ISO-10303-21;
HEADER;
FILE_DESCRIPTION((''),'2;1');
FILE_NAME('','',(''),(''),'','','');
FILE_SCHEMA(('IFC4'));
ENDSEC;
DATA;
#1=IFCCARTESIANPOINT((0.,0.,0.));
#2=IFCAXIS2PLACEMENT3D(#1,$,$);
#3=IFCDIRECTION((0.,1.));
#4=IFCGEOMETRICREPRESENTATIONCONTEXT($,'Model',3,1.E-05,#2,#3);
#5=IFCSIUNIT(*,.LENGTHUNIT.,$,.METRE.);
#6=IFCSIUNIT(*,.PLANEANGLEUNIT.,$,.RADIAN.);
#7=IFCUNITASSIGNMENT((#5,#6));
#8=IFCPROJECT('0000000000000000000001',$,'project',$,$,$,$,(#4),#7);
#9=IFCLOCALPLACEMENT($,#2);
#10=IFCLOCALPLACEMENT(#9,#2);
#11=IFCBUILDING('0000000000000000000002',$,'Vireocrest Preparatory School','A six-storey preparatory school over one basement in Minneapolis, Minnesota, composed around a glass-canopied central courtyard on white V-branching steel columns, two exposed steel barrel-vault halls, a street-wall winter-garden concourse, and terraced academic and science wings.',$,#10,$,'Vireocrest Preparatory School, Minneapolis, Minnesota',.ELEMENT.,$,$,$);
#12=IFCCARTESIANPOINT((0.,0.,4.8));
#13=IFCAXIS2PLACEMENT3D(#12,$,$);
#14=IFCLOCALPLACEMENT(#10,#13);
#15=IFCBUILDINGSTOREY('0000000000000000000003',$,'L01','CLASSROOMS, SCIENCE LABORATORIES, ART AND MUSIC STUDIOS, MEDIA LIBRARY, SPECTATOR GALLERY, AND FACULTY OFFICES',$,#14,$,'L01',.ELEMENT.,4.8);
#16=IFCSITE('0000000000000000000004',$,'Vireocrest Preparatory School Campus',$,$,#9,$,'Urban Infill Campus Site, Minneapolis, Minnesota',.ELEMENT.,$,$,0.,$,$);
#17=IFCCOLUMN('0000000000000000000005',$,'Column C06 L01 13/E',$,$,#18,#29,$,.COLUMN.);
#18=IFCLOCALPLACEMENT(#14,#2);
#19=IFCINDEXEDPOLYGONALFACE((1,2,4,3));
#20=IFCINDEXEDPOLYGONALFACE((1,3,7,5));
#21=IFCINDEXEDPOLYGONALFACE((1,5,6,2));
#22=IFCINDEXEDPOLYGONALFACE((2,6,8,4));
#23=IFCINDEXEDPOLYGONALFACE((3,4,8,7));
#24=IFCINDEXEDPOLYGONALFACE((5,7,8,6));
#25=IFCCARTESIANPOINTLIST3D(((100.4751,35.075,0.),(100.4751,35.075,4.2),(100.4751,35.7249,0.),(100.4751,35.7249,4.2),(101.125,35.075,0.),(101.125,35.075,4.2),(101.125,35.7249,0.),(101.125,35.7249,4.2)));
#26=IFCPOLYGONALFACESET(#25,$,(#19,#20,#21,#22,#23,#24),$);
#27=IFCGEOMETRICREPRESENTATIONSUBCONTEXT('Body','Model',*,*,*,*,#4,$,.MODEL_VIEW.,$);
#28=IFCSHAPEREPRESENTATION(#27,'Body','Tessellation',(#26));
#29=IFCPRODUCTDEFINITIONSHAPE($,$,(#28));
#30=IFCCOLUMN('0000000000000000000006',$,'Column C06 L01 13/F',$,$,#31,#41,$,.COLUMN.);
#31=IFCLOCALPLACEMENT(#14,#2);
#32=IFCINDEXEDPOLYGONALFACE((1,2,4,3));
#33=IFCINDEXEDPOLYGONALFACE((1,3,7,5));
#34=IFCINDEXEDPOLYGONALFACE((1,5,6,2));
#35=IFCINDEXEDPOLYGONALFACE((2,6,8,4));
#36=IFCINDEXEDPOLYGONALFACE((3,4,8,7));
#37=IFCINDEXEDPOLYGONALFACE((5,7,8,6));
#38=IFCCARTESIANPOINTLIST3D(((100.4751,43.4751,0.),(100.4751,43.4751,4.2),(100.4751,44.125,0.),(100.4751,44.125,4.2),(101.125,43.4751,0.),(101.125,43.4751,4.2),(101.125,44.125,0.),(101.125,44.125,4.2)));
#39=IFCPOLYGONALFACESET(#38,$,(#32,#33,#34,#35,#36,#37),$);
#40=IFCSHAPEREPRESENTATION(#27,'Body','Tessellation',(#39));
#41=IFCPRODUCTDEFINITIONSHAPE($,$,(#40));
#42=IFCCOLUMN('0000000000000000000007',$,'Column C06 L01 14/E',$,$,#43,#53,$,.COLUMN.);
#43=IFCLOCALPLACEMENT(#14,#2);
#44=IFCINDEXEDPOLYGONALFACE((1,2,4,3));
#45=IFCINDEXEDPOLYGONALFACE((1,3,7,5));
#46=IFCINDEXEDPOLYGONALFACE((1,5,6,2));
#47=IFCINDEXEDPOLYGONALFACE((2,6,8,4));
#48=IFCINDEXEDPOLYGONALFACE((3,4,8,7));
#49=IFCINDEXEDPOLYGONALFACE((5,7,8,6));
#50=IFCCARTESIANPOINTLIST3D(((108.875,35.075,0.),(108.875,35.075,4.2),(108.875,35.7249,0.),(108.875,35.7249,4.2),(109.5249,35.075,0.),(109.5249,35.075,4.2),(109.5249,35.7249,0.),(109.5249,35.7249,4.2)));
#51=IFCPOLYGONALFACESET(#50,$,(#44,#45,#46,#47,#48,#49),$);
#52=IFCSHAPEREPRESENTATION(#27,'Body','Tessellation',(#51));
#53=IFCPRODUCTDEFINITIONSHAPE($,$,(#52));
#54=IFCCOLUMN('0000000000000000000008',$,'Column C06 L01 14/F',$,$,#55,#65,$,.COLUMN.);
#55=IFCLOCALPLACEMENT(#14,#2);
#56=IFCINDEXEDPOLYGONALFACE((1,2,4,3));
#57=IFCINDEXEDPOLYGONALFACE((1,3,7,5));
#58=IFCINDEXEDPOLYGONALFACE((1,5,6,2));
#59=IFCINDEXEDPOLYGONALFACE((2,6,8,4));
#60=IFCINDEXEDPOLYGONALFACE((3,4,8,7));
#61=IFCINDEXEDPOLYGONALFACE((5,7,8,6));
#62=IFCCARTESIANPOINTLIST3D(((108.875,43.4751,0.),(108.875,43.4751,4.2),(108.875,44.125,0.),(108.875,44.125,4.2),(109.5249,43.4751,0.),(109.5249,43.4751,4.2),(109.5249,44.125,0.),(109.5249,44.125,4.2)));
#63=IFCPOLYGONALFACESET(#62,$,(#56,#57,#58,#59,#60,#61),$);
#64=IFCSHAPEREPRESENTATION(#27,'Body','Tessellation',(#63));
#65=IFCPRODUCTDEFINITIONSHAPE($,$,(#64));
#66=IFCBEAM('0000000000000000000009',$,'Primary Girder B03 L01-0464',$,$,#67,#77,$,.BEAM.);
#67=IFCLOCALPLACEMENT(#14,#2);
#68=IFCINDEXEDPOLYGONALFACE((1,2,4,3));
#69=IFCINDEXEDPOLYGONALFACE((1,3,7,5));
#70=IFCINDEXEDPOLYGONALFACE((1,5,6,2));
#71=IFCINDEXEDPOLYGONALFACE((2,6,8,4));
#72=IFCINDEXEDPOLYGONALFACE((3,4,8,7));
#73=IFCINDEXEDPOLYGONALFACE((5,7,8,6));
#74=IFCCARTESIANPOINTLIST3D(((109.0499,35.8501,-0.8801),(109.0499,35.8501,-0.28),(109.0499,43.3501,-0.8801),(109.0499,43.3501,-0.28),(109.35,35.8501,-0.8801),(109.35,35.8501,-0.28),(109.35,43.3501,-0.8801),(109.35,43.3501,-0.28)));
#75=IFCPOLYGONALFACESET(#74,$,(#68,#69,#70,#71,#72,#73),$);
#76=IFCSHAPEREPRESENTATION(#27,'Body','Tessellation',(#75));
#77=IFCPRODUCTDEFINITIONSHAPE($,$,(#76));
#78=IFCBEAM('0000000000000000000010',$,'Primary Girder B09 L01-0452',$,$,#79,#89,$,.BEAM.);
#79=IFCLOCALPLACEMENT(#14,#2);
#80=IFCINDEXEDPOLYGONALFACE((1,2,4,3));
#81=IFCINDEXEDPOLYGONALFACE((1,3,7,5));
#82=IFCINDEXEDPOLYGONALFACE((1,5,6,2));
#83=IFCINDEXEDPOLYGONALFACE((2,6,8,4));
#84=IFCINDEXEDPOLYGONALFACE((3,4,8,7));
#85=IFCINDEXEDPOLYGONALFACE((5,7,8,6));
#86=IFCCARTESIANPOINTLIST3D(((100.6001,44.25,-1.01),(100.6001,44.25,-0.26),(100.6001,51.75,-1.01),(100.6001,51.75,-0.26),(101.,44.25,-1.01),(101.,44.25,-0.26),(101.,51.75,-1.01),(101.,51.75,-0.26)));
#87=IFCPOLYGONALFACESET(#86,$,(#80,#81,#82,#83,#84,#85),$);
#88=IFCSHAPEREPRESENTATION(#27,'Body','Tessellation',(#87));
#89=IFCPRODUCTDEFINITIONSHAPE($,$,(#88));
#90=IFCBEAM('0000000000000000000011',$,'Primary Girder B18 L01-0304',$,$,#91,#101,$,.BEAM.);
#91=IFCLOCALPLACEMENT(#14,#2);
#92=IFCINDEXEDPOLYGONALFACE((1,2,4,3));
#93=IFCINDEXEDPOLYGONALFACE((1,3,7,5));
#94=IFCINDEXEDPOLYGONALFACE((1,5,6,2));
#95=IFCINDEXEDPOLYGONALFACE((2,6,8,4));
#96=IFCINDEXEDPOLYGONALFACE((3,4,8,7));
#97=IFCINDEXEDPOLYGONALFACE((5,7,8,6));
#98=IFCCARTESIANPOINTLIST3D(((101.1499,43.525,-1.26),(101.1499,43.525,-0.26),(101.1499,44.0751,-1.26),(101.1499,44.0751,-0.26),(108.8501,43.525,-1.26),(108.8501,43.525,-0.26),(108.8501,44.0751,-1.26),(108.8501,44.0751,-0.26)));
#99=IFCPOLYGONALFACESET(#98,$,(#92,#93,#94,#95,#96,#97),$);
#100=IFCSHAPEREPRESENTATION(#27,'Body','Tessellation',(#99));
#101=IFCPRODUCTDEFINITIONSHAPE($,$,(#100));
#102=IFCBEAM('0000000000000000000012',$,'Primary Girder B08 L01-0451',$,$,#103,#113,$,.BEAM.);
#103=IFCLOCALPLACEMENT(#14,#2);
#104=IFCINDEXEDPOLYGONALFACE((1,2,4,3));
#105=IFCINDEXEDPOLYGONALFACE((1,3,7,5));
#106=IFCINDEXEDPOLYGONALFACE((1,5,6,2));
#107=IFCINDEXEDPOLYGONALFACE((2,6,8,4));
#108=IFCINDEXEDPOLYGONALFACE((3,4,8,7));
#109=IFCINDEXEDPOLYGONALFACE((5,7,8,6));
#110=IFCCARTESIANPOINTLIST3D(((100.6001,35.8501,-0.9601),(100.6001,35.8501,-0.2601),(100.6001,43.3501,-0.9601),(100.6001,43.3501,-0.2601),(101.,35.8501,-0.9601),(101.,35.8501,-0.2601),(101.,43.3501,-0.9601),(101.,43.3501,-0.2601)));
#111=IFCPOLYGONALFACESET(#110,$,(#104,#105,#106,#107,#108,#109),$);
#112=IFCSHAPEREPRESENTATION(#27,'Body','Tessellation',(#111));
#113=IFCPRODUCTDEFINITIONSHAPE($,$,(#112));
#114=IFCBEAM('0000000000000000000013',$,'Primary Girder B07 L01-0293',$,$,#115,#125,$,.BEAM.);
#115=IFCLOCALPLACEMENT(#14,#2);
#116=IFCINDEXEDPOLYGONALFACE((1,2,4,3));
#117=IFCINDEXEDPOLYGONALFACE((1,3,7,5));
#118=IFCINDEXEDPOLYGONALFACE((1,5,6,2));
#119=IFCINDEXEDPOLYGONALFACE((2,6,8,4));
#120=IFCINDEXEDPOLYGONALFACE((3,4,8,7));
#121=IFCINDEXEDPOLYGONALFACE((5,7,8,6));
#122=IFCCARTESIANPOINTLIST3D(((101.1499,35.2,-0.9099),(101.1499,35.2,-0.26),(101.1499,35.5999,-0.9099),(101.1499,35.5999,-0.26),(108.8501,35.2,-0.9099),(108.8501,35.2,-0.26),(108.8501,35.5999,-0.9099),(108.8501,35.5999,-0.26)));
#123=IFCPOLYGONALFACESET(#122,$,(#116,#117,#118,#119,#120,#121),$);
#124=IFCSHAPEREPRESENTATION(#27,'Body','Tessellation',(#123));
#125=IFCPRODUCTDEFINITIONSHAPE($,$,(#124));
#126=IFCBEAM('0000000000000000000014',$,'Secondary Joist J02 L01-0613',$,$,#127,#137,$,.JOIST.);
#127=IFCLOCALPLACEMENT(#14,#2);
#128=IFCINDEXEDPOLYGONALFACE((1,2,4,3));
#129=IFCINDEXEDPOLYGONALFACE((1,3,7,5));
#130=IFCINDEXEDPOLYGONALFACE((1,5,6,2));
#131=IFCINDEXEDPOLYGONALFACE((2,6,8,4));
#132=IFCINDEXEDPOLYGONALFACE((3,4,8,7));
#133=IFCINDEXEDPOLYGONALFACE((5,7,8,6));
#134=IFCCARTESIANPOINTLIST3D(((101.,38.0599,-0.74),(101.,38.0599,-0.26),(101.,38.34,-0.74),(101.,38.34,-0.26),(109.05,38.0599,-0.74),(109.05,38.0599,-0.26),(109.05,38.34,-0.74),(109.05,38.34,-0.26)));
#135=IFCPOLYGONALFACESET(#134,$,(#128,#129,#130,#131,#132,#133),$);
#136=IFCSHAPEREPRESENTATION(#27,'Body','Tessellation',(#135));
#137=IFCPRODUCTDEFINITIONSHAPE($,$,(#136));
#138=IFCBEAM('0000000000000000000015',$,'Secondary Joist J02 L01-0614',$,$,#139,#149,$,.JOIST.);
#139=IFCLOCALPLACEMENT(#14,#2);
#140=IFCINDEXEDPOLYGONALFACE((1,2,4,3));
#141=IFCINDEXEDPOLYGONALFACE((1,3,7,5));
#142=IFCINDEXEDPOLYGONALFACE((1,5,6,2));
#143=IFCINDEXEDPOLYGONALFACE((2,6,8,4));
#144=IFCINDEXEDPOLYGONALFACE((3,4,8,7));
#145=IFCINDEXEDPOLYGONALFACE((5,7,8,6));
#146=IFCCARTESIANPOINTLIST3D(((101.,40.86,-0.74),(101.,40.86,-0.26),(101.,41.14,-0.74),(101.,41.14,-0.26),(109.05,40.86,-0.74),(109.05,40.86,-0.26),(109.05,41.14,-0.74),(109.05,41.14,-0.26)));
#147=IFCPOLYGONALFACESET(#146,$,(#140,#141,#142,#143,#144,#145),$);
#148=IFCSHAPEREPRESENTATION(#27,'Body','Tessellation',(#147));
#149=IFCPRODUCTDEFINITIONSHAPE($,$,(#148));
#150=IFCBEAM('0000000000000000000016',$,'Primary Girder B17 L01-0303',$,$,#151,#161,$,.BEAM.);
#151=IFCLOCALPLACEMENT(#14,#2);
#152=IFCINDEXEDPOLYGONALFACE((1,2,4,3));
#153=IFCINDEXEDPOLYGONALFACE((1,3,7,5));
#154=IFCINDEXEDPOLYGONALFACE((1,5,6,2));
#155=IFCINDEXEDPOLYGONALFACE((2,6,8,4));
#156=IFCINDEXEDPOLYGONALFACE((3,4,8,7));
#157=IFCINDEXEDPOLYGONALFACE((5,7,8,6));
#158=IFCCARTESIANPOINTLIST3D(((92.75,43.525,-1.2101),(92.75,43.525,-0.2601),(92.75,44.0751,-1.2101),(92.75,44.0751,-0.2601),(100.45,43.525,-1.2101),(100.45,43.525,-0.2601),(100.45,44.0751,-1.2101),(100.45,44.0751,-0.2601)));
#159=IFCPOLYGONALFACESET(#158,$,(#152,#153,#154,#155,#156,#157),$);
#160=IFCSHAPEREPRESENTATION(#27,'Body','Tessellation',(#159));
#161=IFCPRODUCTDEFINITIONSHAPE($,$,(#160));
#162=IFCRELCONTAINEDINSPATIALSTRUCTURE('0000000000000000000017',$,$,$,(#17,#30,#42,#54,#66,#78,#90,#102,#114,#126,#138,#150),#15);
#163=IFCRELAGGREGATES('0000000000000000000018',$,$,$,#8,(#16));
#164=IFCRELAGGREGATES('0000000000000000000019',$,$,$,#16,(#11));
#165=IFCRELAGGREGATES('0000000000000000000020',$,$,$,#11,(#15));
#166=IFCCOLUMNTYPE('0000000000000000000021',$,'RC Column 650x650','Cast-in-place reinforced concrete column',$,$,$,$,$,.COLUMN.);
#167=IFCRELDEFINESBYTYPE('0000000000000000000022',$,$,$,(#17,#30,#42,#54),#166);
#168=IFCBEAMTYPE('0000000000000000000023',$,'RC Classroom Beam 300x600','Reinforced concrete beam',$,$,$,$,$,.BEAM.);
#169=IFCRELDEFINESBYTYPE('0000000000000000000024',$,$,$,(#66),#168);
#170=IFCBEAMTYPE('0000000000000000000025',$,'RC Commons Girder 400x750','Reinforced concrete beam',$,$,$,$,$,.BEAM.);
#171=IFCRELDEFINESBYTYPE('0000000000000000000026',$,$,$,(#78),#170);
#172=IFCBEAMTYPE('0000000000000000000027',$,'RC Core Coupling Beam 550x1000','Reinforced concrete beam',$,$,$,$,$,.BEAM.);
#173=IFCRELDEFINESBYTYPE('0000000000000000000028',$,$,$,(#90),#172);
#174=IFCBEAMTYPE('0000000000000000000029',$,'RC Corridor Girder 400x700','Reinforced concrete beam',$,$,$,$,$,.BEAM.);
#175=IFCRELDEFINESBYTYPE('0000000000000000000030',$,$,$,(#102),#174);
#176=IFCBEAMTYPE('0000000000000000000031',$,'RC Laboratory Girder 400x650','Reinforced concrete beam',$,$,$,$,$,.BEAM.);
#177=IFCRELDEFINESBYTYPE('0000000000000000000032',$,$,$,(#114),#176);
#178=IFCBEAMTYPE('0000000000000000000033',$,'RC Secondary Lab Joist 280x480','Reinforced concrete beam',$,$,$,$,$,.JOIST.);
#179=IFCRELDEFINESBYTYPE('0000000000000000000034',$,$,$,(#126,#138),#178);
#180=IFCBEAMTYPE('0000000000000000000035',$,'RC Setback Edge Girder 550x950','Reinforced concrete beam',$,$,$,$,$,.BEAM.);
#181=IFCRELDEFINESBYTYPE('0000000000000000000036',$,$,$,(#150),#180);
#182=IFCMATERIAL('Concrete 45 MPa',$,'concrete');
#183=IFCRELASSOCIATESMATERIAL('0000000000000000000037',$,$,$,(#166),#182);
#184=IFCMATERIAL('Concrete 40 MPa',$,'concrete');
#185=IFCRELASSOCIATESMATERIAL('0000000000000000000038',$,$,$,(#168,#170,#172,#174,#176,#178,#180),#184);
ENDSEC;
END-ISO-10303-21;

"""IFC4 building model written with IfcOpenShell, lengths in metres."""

from ifc_helpers import new_model, si_unit, direction, frame, origin, origin_2d, place, context, subcontext, project, spatial, rectangle, extrude, material, material_profile, profile_set, type_object, element, save


model = new_model("IFC4")

# Units and contexts
model_context = context("Model", 3, precision=1e-05, world=origin(), true_north=direction((0.0, 1.0)))
body_context = subcontext(model_context, "Body", "Model", "MODEL_VIEW")
ifc_project = project(units=[si_unit("LENGTHUNIT", "METRE"), si_unit("PLANEANGLEUNIT", "RADIAN")], contexts=[model_context])

# Site, building, storey
site_placement = place(None, origin())
site = spatial("IfcSite", under=ifc_project, at=site_placement, Name="Vireocrest Preparatory School Campus", LongName="Urban Infill Campus Site, Minneapolis, Minnesota", CompositionType="ELEMENT", RefElevation=0.0)
building_placement = place(site_placement, origin())
building = spatial("IfcBuilding", under=site, at=building_placement, Name="Vireocrest Preparatory School", Description="A six-storey preparatory school over one basement in Minneapolis, Minnesota, composed around a glass-canopied central courtyard on white V-branching steel columns, two exposed steel barrel-vault halls, a street-wall winter-garden concourse, and terraced academic and science wings.", LongName="Vireocrest Preparatory School, Minneapolis, Minnesota", CompositionType="ELEMENT")
storey_placement = place(building_placement, frame((0.0, 0.0, 4.8)))
storey = spatial("IfcBuildingStorey", under=building, at=storey_placement, Name="L01", Description="CLASSROOMS, SCIENCE LABORATORIES, ART AND MUSIC STUDIOS, MEDIA LIBRARY, SPECTATOR GALLERY, AND FACULTY OFFICES", LongName="L01", CompositionType="ELEMENT", Elevation=4.8)

# Columns
ifc_material_1 = material(Name="Concrete 45 MPa", Category="concrete")
ifc_material_profile_1 = material_profile(ifc_material_1, rectangle(XDim=0.6499, YDim=0.6499, at=origin_2d()), Name="RC 650x650")
ifc_profile_set_1 = profile_set([ifc_material_profile_1], Name="Concrete 45 MPa")
column_type = type_object("IfcColumnType", Name="RC Column 650x650", Description="Cast-in-place reinforced concrete column", PredefinedType="COLUMN", material=ifc_profile_set_1)
for number, where, z_axis, x_axis, name in (
    (1, (100.8, 35.3999, 0.0), (0.0, 0.0, 1.0), (1.0, 0.0, 0.0), "Column C06 L01 13/E"),
    (2, (100.8, 43.8, 0.0), (0.0, 0.0, 1.0), (1.0, 0.0, 0.0), "Column C06 L01 13/F"),
    (3, (109.2, 35.3999, 0.0), (0.0, 0.0, 1.0), (1.0, 0.0, 0.0), "Column C06 L01 14/E"),
    (4, (109.2, 43.8, 0.0), (0.0, 0.0, 1.0), (1.0, 0.0, 0.0), "Column C06 L01 14/F"),
):
    element("IfcColumn", number, at=place(storey_placement, frame(where, z_axis=z_axis, x_axis=x_axis)), inside=storey, type_object=column_type, Name=name, PredefinedType="COLUMN", context=body_context, shape_type="SweptSolid", body=[
        extrude(rectangle(XDim=0.6499, YDim=0.6499, at=origin_2d()), origin(), (0.0, 0.0, 1.0), 4.2),
    ])

# Beams
ifc_material_2 = material(Name="Concrete 40 MPa", Category="concrete")
ifc_material_profile_2 = material_profile(ifc_material_2, rectangle(XDim=0.3, YDim=0.6001, at=origin_2d()), Name="RC 300x600")
ifc_profile_set_2 = profile_set([ifc_material_profile_2], Name="Concrete 40 MPa")
beam_type_1 = type_object("IfcBeamType", Name="RC Classroom Beam 300x600", Description="Reinforced concrete beam", PredefinedType="BEAM", material=ifc_profile_set_2)
beam_1_placement = place(storey_placement, frame((109.2, 35.8501, -0.5801), z_axis=(0.0, 1.0, 0.0), x_axis=(-1.0, 0.0, 0.0)))
element("IfcBeam", 5, at=beam_1_placement, inside=storey, type_object=beam_type_1, Name="Primary Girder B03 L01-0464", PredefinedType="BEAM", context=body_context, shape_type="SweptSolid", body=[
    extrude(rectangle(XDim=0.3, YDim=0.6001, at=origin_2d()), origin(), (0.0, 0.0, 1.0), 7.5),
])
ifc_material_profile_3 = material_profile(ifc_material_2, rectangle(XDim=0.3999, YDim=0.75, at=origin_2d()), Name="RC 400x750")
ifc_profile_set_3 = profile_set([ifc_material_profile_3], Name="Concrete 40 MPa")
beam_type_2 = type_object("IfcBeamType", Name="RC Commons Girder 400x750", Description="Reinforced concrete beam", PredefinedType="BEAM", material=ifc_profile_set_3)
beam_2_placement = place(storey_placement, frame((100.8, 44.25, -0.635), z_axis=(0.0, 1.0, 0.0), x_axis=(-1.0, 0.0, 0.0)))
element("IfcBeam", 6, at=beam_2_placement, inside=storey, type_object=beam_type_2, Name="Primary Girder B09 L01-0452", PredefinedType="BEAM", context=body_context, shape_type="SweptSolid", body=[
    extrude(rectangle(XDim=0.3999, YDim=0.75, at=origin_2d()), origin(), (0.0, 0.0, 1.0), 7.5),
])
ifc_material_profile_4 = material_profile(ifc_material_2, rectangle(XDim=0.55, YDim=1.0, at=origin_2d()), Name="RC 550x1000")
ifc_profile_set_4 = profile_set([ifc_material_profile_4], Name="Concrete 40 MPa")
beam_type_3 = type_object("IfcBeamType", Name="RC Core Coupling Beam 550x1000", Description="Reinforced concrete beam", PredefinedType="BEAM", material=ifc_profile_set_4)
beam_3_placement = place(storey_placement, frame((101.1499, 43.8, -0.76), z_axis=(1.0, 0.0, 0.0), x_axis=(0.0, 1.0, 0.0)))
element("IfcBeam", 7, at=beam_3_placement, inside=storey, type_object=beam_type_3, Name="Primary Girder B18 L01-0304", PredefinedType="BEAM", context=body_context, shape_type="SweptSolid", body=[
    extrude(rectangle(XDim=0.55, YDim=1.0, at=origin_2d()), origin(), (0.0, 0.0, 1.0), 7.7002),
])
ifc_material_profile_5 = material_profile(ifc_material_2, rectangle(XDim=0.3999, YDim=0.7, at=origin_2d()), Name="RC 400x700")
ifc_profile_set_5 = profile_set([ifc_material_profile_5], Name="Concrete 40 MPa")
beam_type_4 = type_object("IfcBeamType", Name="RC Corridor Girder 400x700", Description="Reinforced concrete beam", PredefinedType="BEAM", material=ifc_profile_set_5)
beam_4_placement = place(storey_placement, frame((100.8, 35.8501, -0.6101), z_axis=(0.0, 1.0, 0.0), x_axis=(-1.0, 0.0, 0.0)))
element("IfcBeam", 8, at=beam_4_placement, inside=storey, type_object=beam_type_4, Name="Primary Girder B08 L01-0451", PredefinedType="BEAM", context=body_context, shape_type="SweptSolid", body=[
    extrude(rectangle(XDim=0.3999, YDim=0.7, at=origin_2d()), origin(), (0.0, 0.0, 1.0), 7.5),
])
ifc_material_profile_6 = material_profile(ifc_material_2, rectangle(XDim=0.3999, YDim=0.6499, at=origin_2d()), Name="RC 400x650")
ifc_profile_set_6 = profile_set([ifc_material_profile_6], Name="Concrete 40 MPa")
beam_type_5 = type_object("IfcBeamType", Name="RC Laboratory Girder 400x650", Description="Reinforced concrete beam", PredefinedType="BEAM", material=ifc_profile_set_6)
beam_5_placement = place(storey_placement, frame((101.1499, 35.3999, -0.585), z_axis=(1.0, 0.0, 0.0), x_axis=(0.0, 1.0, 0.0)))
element("IfcBeam", 9, at=beam_5_placement, inside=storey, type_object=beam_type_5, Name="Primary Girder B07 L01-0293", PredefinedType="BEAM", context=body_context, shape_type="SweptSolid", body=[
    extrude(rectangle(XDim=0.3999, YDim=0.6499, at=origin_2d()), origin(), (0.0, 0.0, 1.0), 7.7002),
])
ifc_material_profile_7 = material_profile(ifc_material_2, rectangle(XDim=0.28, YDim=0.48, at=origin_2d()), Name="RC 280x480")
ifc_profile_set_7 = profile_set([ifc_material_profile_7], Name="Concrete 40 MPa")
beam_type_6 = type_object("IfcBeamType", Name="RC Secondary Lab Joist 280x480", Description="Reinforced concrete beam", PredefinedType="JOIST", material=ifc_profile_set_7)
for number, where, z_axis, x_axis, name in (
    (10, (101.0, 38.2, -0.5), (1.0, 0.0, 0.0), (0.0, 1.0, 0.0), "Secondary Joist J02 L01-0613"),
    (11, (101.0, 41.0, -0.5), (1.0, 0.0, 0.0), (0.0, 1.0, 0.0), "Secondary Joist J02 L01-0614"),
):
    element("IfcBeam", number, at=place(storey_placement, frame(where, z_axis=z_axis, x_axis=x_axis)), inside=storey, type_object=beam_type_6, Name=name, PredefinedType="JOIST", context=body_context, shape_type="SweptSolid", body=[
        extrude(rectangle(XDim=0.28, YDim=0.48, at=origin_2d()), origin(), (0.0, 0.0, 1.0), 8.05),
    ])
ifc_material_profile_8 = material_profile(ifc_material_2, rectangle(XDim=0.55, YDim=0.95, at=origin_2d()), Name="RC 550x950")
ifc_profile_set_8 = profile_set([ifc_material_profile_8], Name="Concrete 40 MPa")
beam_type_7 = type_object("IfcBeamType", Name="RC Setback Edge Girder 550x950", Description="Reinforced concrete beam", PredefinedType="BEAM", material=ifc_profile_set_8)
beam_6_placement = place(storey_placement, frame((92.75, 43.8, -0.7351), z_axis=(1.0, 0.0, 0.0), x_axis=(0.0, 1.0, 0.0)))
element("IfcBeam", 12, at=beam_6_placement, inside=storey, type_object=beam_type_7, Name="Primary Girder B17 L01-0303", PredefinedType="BEAM", context=body_context, shape_type="SweptSolid", body=[
    extrude(rectangle(XDim=0.55, YDim=0.95, at=origin_2d()), origin(), (0.0, 0.0, 1.0), 7.7),
])

save(model, "model.ifc")
